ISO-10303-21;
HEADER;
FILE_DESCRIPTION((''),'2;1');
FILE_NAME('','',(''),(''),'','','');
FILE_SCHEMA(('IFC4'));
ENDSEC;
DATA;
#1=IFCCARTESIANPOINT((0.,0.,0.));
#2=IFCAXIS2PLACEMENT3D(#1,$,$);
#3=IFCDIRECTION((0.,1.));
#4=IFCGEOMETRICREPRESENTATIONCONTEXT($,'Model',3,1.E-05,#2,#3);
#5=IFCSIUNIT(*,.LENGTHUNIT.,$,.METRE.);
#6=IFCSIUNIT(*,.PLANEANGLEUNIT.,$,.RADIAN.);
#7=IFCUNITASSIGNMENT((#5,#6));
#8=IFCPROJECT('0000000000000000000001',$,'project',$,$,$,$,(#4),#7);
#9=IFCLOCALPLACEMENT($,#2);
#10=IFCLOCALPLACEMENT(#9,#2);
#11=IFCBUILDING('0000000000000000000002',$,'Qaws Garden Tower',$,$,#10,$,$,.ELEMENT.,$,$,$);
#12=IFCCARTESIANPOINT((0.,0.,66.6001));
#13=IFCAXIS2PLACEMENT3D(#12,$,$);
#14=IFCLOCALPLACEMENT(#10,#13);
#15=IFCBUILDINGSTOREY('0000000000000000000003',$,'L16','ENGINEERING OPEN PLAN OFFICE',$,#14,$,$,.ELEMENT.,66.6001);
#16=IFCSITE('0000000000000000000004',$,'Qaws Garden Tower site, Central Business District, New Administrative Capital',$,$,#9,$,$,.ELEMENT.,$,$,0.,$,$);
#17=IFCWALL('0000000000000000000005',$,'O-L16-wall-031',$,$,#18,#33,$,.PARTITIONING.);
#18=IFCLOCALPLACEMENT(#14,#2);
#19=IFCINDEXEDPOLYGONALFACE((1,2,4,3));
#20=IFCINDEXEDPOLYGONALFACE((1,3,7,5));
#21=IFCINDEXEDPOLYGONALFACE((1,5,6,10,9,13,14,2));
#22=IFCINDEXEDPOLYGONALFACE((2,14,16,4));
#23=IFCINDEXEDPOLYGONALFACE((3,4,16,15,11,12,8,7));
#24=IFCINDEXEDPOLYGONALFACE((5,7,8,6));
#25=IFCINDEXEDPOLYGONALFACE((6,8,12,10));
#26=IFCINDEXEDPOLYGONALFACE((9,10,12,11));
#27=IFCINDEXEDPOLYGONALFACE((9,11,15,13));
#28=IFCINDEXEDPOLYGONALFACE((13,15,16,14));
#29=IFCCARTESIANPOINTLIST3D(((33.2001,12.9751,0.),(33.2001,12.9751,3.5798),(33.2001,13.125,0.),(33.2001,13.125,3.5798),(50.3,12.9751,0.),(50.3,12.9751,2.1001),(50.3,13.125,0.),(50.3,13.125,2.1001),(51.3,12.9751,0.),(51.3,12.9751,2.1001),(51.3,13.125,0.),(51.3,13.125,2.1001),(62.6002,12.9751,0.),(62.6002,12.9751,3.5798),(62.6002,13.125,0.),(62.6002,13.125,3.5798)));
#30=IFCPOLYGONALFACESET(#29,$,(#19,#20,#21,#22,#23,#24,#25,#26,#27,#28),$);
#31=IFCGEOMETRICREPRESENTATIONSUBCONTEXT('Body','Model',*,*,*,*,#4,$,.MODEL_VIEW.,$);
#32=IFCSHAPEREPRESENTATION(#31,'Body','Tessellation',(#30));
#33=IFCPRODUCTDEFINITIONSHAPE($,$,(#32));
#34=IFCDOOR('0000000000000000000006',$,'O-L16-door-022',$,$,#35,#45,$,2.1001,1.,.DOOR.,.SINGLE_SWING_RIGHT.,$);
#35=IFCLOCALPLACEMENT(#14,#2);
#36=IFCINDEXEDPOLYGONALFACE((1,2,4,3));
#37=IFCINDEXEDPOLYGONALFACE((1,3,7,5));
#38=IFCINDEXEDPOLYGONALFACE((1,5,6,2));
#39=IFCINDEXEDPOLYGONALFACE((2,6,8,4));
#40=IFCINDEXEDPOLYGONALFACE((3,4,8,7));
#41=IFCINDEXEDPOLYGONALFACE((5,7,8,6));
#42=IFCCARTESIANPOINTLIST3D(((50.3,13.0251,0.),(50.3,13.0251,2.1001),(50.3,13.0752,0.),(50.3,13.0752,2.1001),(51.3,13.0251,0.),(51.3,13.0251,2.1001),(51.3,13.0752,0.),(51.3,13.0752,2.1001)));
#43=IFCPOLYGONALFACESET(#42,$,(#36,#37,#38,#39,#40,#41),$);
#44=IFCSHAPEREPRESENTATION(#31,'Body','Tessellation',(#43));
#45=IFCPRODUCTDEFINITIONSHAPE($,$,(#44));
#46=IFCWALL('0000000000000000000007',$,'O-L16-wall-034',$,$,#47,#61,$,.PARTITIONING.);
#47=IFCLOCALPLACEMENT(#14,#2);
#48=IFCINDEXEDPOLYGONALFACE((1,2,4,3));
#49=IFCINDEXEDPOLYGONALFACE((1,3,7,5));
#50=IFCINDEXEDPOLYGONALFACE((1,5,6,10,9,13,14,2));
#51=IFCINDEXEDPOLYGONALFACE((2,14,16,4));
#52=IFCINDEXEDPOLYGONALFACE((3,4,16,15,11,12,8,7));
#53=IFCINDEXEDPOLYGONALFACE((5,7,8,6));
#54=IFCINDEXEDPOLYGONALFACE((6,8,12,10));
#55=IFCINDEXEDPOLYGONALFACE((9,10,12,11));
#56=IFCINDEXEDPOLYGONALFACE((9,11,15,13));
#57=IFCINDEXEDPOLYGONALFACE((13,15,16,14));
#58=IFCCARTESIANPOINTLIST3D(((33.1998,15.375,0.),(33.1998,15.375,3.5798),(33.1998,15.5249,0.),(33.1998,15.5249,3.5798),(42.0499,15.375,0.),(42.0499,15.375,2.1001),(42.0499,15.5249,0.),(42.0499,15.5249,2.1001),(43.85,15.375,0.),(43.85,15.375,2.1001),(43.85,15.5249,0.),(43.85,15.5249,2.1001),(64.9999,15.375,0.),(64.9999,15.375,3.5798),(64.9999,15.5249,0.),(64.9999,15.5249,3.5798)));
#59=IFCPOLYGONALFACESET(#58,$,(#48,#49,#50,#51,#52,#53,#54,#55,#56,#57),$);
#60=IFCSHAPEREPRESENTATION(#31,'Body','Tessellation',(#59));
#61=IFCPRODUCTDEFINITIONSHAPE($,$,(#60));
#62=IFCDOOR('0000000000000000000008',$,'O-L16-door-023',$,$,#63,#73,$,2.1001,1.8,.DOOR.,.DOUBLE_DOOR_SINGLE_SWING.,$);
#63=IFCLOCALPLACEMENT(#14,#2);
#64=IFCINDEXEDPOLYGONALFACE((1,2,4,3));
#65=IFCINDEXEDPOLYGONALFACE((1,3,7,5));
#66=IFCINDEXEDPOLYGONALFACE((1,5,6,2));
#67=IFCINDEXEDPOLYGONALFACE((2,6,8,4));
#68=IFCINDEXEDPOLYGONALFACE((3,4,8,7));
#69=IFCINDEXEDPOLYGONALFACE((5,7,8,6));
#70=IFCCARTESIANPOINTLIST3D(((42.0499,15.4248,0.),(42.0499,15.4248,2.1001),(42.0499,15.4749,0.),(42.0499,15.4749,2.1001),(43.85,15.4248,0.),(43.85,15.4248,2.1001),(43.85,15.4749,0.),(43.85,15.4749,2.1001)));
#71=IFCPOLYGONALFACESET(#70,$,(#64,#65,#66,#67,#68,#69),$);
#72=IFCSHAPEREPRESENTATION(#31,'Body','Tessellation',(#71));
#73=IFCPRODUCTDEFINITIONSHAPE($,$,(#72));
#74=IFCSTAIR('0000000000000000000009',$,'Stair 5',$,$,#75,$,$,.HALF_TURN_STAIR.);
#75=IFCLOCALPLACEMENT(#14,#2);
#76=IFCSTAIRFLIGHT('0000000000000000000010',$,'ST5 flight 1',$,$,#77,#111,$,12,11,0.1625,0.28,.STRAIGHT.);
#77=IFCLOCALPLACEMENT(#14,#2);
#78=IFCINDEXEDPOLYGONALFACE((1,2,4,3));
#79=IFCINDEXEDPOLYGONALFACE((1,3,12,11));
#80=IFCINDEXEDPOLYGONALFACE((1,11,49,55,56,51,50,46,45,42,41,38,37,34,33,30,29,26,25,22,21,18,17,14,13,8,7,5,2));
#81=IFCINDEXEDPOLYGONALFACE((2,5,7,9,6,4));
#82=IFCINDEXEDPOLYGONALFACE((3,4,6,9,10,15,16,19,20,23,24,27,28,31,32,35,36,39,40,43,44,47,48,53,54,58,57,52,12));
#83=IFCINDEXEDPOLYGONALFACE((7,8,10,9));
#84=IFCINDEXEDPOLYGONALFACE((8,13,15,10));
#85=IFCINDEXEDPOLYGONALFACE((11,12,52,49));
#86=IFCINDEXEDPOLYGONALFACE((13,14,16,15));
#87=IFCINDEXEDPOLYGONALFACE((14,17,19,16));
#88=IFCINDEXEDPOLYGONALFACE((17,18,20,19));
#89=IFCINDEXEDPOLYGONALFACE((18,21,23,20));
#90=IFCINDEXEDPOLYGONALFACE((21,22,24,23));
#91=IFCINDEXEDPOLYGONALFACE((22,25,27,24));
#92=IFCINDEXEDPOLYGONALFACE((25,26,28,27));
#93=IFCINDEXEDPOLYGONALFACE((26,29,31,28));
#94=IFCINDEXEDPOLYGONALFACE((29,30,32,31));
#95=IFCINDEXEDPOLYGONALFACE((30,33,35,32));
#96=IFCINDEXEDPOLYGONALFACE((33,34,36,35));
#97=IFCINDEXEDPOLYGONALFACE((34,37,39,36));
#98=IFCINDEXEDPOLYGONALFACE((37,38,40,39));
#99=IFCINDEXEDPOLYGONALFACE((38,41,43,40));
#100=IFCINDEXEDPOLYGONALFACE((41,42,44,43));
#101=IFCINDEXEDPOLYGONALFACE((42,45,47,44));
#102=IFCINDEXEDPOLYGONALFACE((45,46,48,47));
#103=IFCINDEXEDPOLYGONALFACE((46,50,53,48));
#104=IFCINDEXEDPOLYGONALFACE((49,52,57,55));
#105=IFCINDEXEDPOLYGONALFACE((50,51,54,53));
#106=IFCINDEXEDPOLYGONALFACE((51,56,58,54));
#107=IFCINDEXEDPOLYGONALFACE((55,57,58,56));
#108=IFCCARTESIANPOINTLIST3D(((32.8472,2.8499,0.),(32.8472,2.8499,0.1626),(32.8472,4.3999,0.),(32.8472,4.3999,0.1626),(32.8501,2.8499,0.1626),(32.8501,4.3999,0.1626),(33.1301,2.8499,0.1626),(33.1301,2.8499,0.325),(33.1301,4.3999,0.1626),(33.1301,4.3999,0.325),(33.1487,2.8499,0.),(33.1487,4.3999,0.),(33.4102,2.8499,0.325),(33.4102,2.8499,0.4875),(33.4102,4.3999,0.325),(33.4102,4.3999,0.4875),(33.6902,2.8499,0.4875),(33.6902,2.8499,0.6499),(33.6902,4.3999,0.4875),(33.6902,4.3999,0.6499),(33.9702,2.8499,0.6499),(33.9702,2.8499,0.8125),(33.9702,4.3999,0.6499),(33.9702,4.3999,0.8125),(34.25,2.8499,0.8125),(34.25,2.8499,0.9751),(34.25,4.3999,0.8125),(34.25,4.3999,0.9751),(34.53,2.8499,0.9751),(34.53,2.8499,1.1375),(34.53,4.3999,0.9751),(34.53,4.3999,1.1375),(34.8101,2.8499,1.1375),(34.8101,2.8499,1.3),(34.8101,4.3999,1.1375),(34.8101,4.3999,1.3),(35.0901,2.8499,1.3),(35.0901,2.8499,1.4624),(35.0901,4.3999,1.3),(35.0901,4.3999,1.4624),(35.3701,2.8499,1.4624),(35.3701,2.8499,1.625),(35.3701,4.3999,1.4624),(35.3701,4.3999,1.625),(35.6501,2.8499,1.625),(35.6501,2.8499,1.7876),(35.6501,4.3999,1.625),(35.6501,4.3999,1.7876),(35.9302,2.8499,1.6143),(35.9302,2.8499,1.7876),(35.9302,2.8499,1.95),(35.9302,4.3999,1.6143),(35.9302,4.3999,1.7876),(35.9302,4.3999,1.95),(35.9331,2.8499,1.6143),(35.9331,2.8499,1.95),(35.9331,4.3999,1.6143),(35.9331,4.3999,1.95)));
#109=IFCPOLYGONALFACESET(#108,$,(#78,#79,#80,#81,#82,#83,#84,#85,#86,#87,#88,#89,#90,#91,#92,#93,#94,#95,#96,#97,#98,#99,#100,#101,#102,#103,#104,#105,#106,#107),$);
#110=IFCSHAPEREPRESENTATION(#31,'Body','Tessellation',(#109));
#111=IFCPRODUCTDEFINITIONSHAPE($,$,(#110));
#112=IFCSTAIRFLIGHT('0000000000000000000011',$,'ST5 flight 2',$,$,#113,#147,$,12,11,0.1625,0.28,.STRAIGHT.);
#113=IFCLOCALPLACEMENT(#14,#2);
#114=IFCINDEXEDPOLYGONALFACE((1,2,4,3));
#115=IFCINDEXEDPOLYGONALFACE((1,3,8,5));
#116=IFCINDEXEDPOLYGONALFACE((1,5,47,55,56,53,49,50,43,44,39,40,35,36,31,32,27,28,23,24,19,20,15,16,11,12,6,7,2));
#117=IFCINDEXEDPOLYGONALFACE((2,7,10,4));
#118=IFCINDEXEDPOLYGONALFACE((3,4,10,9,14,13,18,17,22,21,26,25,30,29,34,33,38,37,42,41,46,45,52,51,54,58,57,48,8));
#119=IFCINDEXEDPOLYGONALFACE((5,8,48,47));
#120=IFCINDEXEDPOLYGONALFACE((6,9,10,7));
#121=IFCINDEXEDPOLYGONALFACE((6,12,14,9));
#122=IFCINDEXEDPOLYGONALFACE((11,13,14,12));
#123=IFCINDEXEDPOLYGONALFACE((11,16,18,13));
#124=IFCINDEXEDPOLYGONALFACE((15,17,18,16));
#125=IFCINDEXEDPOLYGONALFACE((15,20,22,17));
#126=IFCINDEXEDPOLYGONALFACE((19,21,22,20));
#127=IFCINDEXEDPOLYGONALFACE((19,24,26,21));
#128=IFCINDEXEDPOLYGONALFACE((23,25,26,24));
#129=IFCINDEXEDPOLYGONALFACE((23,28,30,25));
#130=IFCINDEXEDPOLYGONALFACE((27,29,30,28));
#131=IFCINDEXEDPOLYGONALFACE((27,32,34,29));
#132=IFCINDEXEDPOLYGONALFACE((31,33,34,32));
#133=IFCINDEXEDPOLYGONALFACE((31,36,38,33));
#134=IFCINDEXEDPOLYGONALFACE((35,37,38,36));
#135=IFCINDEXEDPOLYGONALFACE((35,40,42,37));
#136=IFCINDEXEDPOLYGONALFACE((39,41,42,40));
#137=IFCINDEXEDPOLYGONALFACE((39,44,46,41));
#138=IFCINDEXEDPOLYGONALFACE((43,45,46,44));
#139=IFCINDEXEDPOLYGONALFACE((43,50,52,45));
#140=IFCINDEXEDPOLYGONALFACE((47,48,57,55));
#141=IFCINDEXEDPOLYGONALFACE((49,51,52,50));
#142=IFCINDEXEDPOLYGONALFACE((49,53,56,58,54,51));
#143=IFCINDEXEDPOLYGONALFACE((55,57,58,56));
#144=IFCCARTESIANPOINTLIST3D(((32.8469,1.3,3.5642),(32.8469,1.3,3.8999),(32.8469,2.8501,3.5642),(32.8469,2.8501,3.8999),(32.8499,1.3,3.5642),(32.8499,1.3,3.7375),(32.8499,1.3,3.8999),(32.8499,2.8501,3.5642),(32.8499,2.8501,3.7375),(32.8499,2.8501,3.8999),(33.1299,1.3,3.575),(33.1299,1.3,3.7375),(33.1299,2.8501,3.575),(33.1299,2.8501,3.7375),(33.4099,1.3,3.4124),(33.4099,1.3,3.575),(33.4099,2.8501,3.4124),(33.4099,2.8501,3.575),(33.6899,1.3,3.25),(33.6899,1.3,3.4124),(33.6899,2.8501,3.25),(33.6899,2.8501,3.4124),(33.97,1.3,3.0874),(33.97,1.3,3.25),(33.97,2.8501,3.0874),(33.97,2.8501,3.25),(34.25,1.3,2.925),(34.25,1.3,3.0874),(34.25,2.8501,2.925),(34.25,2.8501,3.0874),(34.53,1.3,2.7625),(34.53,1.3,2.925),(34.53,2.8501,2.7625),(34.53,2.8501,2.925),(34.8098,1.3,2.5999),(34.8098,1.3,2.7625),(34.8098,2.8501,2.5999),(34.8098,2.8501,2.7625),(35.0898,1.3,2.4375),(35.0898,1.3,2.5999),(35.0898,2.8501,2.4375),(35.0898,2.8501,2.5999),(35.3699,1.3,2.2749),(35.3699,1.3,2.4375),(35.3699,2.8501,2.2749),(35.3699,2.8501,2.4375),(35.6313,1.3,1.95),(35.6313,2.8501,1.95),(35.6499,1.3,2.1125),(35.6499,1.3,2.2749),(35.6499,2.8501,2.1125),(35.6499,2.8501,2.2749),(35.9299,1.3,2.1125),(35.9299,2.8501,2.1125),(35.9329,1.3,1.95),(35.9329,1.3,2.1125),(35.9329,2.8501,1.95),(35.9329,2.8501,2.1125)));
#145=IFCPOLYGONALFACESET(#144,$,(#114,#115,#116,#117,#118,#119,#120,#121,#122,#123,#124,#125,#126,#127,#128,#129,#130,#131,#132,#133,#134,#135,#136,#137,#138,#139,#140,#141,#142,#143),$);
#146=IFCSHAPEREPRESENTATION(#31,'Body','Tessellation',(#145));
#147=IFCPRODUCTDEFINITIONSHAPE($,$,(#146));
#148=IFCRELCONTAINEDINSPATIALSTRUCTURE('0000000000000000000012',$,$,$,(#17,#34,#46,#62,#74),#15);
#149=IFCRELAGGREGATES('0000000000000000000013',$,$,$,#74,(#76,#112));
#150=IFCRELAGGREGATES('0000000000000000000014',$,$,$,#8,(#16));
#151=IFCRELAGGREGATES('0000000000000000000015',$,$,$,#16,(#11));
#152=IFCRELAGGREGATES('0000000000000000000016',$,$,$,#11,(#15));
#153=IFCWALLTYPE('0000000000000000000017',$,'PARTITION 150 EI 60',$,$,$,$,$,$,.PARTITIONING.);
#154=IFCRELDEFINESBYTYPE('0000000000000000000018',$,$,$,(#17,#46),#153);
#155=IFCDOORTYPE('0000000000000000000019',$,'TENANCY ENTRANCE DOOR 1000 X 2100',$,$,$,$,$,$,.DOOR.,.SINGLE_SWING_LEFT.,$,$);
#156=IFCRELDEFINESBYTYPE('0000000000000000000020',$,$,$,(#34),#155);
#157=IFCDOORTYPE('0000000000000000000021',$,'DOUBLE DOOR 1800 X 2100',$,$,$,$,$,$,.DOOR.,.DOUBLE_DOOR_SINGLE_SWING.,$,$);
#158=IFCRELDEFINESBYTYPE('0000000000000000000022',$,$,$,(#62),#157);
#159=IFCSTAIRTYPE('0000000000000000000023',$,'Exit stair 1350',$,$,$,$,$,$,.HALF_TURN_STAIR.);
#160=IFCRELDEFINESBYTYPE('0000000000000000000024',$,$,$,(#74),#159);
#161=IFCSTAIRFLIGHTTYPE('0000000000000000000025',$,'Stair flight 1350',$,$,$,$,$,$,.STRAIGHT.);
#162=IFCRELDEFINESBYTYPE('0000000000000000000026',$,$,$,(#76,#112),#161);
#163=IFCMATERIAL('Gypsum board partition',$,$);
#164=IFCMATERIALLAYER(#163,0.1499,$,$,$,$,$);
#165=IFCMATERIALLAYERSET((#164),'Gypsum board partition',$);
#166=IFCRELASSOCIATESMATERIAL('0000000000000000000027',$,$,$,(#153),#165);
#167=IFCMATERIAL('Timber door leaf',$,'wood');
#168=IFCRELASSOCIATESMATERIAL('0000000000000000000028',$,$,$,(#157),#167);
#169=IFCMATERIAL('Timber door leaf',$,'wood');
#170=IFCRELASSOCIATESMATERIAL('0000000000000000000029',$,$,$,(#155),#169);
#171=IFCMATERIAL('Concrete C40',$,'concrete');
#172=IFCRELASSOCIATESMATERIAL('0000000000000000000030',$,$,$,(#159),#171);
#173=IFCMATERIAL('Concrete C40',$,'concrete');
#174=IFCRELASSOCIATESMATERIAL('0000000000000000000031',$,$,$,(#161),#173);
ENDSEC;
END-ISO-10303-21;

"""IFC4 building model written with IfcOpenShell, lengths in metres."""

from ifc_helpers import new_model, si_unit, direction, frame, frame_2d, origin, place, context, subcontext, project, spatial, polyline, rectangle, outline, extrude, material, layer, layer_set, type_object, element, fill, aggregate, save


model = new_model("IFC4")

# Units and contexts
model_context = context("Model", 3, precision=1e-05, world=origin(), true_north=direction((0.0, 1.0)))
body_context = subcontext(model_context, "Body", "Model", "MODEL_VIEW")
ifc_project = project(units=[si_unit("LENGTHUNIT", "METRE"), si_unit("PLANEANGLEUNIT", "RADIAN")], contexts=[model_context])

# Site, building, storey
site_placement = place(None, origin())
site = spatial("IfcSite", under=ifc_project, at=site_placement, Name="Qaws Garden Tower site, Central Business District, New Administrative Capital", CompositionType="ELEMENT", RefElevation=0.0)
building_placement = place(site_placement, origin())
building = spatial("IfcBuilding", under=site, at=building_placement, Name="Qaws Garden Tower", CompositionType="ELEMENT")
storey_placement = place(building_placement, frame((0.0, 0.0, 66.6001)))
storey = spatial("IfcBuildingStorey", under=building, at=storey_placement, Name="L16", Description="ENGINEERING OPEN PLAN OFFICE", CompositionType="ELEMENT", Elevation=66.6001)

# Shared definitions
ifc_material_1 = material(Name="Gypsum board partition")
ifc_layer_1 = layer(ifc_material_1, 0.1499)
ifc_layer_set_1 = layer_set([ifc_layer_1], Name="Gypsum board partition")
wall_type_1 = type_object("IfcWallType", Name="PARTITION 150 EI 60", PredefinedType="PARTITIONING", material=ifc_layer_set_1)

# Shared definitions
ifc_material_2 = material(Name="Timber door leaf", Category="wood")
door_type_1 = type_object("IfcDoorType", Name="DOUBLE DOOR 1800 X 2100", OperationType="DOUBLE_DOOR_SINGLE_SWING", PredefinedType="DOOR", material=ifc_material_2)

# Walls, openings, doors
wall_1_placement = place(storey_placement, frame((33.2, 13.05, 0.0), z_axis=(0.0, 0.0, 1.0), x_axis=(1.0, 0.0, 0.0)))
wall_1 = element("IfcWall", 1, at=wall_1_placement, inside=storey, type_object=wall_type_1, Name="O-L16-wall-031", PredefinedType="PARTITIONING", context=body_context, shape_type="SweptSolid", body=[
    extrude(rectangle(XDim=29.4001, YDim=0.1499, at=frame_2d((14.7002, 0.0))), origin(), (0.0, 0.0, 1.0), 3.5798),
])
opening_1_placement = place(wall_1_placement, frame((17.1001, 0.0, 0.0)))
opening_1 = element("IfcOpeningElement", 2, at=opening_1_placement, cuts=wall_1, PredefinedType="OPENING", context=body_context, shape_type="SweptSolid", body=[
    extrude(rectangle(XDim=1.0, YDim=2.1001, at=frame_2d((0.5, 1.05))), frame((0.0, 0.085, 0.0), z_axis=(0.0, -1.0, 0.0), x_axis=(1.0, 0.0, 0.0)), (0.0, 0.0, 1.0), 0.1699),
])
ifc_material_3 = material(Name="Timber door leaf", Category="wood")
door_type_2 = type_object("IfcDoorType", Name="TENANCY ENTRANCE DOOR 1000 X 2100", OperationType="SINGLE_SWING_LEFT", PredefinedType="DOOR", material=ifc_material_3)
door_1_placement = place(opening_1_placement, frame((1.0, 0.0, 0.0), z_axis=(0.0, 0.0, 1.0), x_axis=(-1.0, 0.0, 0.0)))
door_1 = element("IfcDoor", 3, at=door_1_placement, inside=storey, type_object=door_type_2, Name="O-L16-door-022", OperationType="SINGLE_SWING_RIGHT", OverallHeight=2.1001, OverallWidth=1.0, PredefinedType="DOOR", context=body_context, shape_type="SweptSolid", body=[
    extrude(rectangle(XDim=1.0, YDim=2.1001, at=frame_2d((0.5, 1.05))), frame((0.0, 0.0249, 0.0), z_axis=(0.0, -1.0, 0.0), x_axis=(1.0, 0.0, 0.0)), (0.0, 0.0, 1.0), 0.05),
])
fill(opening_1, door_1)
wall_2_placement = place(storey_placement, frame((33.2, 15.45, 0.0), z_axis=(0.0, 0.0, 1.0), x_axis=(1.0, 0.0, 0.0)))
wall_2 = element("IfcWall", 4, at=wall_2_placement, inside=storey, type_object=wall_type_1, Name="O-L16-wall-034", PredefinedType="PARTITIONING", context=body_context, shape_type="SweptSolid", body=[
    extrude(rectangle(XDim=31.8, YDim=0.1499, at=frame_2d((15.8999, 0.0))), origin(), (0.0, 0.0, 1.0), 3.5798),
])
opening_2_placement = place(wall_2_placement, frame((8.8501, 0.0, 0.0)))
opening_2 = element("IfcOpeningElement", 5, at=opening_2_placement, cuts=wall_2, PredefinedType="OPENING", context=body_context, shape_type="SweptSolid", body=[
    extrude(rectangle(XDim=1.8, YDim=2.1001, at=frame_2d((0.8999, 1.05))), frame((0.0, 0.085, 0.0), z_axis=(0.0, -1.0, 0.0), x_axis=(1.0, 0.0, 0.0)), (0.0, 0.0, 1.0), 0.1699),
])
door_2_placement = place(opening_2_placement, origin())
door_2 = element("IfcDoor", 6, at=door_2_placement, inside=storey, type_object=door_type_1, Name="O-L16-door-023", OperationType="DOUBLE_DOOR_SINGLE_SWING", OverallHeight=2.1001, OverallWidth=1.8, PredefinedType="DOOR", context=body_context, shape_type="SweptSolid", body=[
    extrude(rectangle(XDim=1.8, YDim=2.1001, at=frame_2d((0.8999, 1.05))), frame((0.0, 0.0249, 0.0), z_axis=(0.0, -1.0, 0.0), x_axis=(1.0, 0.0, 0.0)), (0.0, 0.0, 1.0), 0.05),
])
fill(opening_2, door_2)

# Stair, stair flights
ifc_material_4 = material(Name="Concrete C40", Category="concrete")
stair_type = type_object("IfcStairType", Name="Exit stair 1350", PredefinedType="HALF_TURN_STAIR", material=ifc_material_4)
stair_placement = place(storey_placement, origin())
stair = element("IfcStair", 7, at=stair_placement, inside=storey, type_object=stair_type, Name="Stair 5", PredefinedType="HALF_TURN_STAIR")
ifc_material_5 = material(Name="Concrete C40", Category="concrete")
stair_flight_type = type_object("IfcStairFlightType", Name="Stair flight 1350", PredefinedType="STRAIGHT", material=ifc_material_5)
stair_flight_1_placement = place(storey_placement, frame((32.8501, 3.625, 0.0), z_axis=(0.0, 0.0, 1.0), x_axis=(1.0, 0.0, 0.0)))
stair_flight_1 = element("IfcStairFlight", 8, at=stair_flight_1_placement, type_object=stair_flight_type, Name="ST5 flight 1", NumberOfRisers=12, NumberOfTreads=11, PredefinedType="STRAIGHT", RiserHeight=0.1625, TreadLength=0.28, context=body_context, shape_type="SweptSolid", body=[
    extrude(outline(polyline([(-0.0029, 0.0), (-0.0029, 0.1626), (0.0, 0.1626), (0.28, 0.1626), (0.28, 0.325), (0.5601, 0.325), (0.5601, 0.4875), (0.8401, 0.4875), (0.8401, 0.6499), (1.1201, 0.6499), (1.1201, 0.8125), (1.3999, 0.8125), (1.3999, 0.9751), (1.6799, 0.9751), (1.6799, 1.1375), (1.96, 1.1375), (1.96, 1.3), (2.24, 1.3), (2.24, 1.4624), (2.52, 1.4624), (2.52, 1.625), (2.8, 1.625), (2.8, 1.7876), (3.0801, 1.7876), (3.0801, 1.95), (3.083, 1.95), (3.083, 1.6143), (3.0801, 1.6143), (0.2986, 0.0), (-0.0029, 0.0)])), frame((0.0, 0.7749, 0.0), z_axis=(0.0, -1.0, 0.0), x_axis=(1.0, 0.0, 0.0)), (0.0, 0.0, 1.0), 1.55),
])
stair_flight_2_placement = place(storey_placement, frame((35.9299, 2.075, 1.95), z_axis=(0.0, 0.0, 1.0), x_axis=(-1.0, 0.0, 0.0)))
stair_flight_2 = element("IfcStairFlight", 9, at=stair_flight_2_placement, type_object=stair_flight_type, Name="ST5 flight 2", NumberOfRisers=12, NumberOfTreads=11, PredefinedType="STRAIGHT", RiserHeight=0.1625, TreadLength=0.28, context=body_context, shape_type="SweptSolid", body=[
    extrude(outline(polyline([(-0.0029, 0.0), (-0.0029, 0.1626), (0.0, 0.1626), (0.28, 0.1626), (0.28, 0.325), (0.5601, 0.325), (0.5601, 0.4875), (0.8401, 0.4875), (0.8401, 0.6499), (1.1201, 0.6499), (1.1201, 0.8125), (1.3999, 0.8125), (1.3999, 0.9751), (1.6799, 0.9751), (1.6799, 1.1375), (1.96, 1.1375), (1.96, 1.3), (2.24, 1.3), (2.24, 1.4624), (2.52, 1.4624), (2.52, 1.625), (2.8, 1.625), (2.8, 1.7876), (3.0801, 1.7876), (3.0801, 1.95), (3.083, 1.95), (3.083, 1.6143), (3.0801, 1.6143), (0.2986, 0.0), (-0.0029, 0.0)])), frame((0.0, 0.7749, 0.0), z_axis=(0.0, -1.0, 0.0), x_axis=(1.0, 0.0, 0.0)), (0.0, 0.0, 1.0), 1.55),
])
aggregate(stair, [stair_flight_1, stair_flight_2])

save(model, "model.ifc")
